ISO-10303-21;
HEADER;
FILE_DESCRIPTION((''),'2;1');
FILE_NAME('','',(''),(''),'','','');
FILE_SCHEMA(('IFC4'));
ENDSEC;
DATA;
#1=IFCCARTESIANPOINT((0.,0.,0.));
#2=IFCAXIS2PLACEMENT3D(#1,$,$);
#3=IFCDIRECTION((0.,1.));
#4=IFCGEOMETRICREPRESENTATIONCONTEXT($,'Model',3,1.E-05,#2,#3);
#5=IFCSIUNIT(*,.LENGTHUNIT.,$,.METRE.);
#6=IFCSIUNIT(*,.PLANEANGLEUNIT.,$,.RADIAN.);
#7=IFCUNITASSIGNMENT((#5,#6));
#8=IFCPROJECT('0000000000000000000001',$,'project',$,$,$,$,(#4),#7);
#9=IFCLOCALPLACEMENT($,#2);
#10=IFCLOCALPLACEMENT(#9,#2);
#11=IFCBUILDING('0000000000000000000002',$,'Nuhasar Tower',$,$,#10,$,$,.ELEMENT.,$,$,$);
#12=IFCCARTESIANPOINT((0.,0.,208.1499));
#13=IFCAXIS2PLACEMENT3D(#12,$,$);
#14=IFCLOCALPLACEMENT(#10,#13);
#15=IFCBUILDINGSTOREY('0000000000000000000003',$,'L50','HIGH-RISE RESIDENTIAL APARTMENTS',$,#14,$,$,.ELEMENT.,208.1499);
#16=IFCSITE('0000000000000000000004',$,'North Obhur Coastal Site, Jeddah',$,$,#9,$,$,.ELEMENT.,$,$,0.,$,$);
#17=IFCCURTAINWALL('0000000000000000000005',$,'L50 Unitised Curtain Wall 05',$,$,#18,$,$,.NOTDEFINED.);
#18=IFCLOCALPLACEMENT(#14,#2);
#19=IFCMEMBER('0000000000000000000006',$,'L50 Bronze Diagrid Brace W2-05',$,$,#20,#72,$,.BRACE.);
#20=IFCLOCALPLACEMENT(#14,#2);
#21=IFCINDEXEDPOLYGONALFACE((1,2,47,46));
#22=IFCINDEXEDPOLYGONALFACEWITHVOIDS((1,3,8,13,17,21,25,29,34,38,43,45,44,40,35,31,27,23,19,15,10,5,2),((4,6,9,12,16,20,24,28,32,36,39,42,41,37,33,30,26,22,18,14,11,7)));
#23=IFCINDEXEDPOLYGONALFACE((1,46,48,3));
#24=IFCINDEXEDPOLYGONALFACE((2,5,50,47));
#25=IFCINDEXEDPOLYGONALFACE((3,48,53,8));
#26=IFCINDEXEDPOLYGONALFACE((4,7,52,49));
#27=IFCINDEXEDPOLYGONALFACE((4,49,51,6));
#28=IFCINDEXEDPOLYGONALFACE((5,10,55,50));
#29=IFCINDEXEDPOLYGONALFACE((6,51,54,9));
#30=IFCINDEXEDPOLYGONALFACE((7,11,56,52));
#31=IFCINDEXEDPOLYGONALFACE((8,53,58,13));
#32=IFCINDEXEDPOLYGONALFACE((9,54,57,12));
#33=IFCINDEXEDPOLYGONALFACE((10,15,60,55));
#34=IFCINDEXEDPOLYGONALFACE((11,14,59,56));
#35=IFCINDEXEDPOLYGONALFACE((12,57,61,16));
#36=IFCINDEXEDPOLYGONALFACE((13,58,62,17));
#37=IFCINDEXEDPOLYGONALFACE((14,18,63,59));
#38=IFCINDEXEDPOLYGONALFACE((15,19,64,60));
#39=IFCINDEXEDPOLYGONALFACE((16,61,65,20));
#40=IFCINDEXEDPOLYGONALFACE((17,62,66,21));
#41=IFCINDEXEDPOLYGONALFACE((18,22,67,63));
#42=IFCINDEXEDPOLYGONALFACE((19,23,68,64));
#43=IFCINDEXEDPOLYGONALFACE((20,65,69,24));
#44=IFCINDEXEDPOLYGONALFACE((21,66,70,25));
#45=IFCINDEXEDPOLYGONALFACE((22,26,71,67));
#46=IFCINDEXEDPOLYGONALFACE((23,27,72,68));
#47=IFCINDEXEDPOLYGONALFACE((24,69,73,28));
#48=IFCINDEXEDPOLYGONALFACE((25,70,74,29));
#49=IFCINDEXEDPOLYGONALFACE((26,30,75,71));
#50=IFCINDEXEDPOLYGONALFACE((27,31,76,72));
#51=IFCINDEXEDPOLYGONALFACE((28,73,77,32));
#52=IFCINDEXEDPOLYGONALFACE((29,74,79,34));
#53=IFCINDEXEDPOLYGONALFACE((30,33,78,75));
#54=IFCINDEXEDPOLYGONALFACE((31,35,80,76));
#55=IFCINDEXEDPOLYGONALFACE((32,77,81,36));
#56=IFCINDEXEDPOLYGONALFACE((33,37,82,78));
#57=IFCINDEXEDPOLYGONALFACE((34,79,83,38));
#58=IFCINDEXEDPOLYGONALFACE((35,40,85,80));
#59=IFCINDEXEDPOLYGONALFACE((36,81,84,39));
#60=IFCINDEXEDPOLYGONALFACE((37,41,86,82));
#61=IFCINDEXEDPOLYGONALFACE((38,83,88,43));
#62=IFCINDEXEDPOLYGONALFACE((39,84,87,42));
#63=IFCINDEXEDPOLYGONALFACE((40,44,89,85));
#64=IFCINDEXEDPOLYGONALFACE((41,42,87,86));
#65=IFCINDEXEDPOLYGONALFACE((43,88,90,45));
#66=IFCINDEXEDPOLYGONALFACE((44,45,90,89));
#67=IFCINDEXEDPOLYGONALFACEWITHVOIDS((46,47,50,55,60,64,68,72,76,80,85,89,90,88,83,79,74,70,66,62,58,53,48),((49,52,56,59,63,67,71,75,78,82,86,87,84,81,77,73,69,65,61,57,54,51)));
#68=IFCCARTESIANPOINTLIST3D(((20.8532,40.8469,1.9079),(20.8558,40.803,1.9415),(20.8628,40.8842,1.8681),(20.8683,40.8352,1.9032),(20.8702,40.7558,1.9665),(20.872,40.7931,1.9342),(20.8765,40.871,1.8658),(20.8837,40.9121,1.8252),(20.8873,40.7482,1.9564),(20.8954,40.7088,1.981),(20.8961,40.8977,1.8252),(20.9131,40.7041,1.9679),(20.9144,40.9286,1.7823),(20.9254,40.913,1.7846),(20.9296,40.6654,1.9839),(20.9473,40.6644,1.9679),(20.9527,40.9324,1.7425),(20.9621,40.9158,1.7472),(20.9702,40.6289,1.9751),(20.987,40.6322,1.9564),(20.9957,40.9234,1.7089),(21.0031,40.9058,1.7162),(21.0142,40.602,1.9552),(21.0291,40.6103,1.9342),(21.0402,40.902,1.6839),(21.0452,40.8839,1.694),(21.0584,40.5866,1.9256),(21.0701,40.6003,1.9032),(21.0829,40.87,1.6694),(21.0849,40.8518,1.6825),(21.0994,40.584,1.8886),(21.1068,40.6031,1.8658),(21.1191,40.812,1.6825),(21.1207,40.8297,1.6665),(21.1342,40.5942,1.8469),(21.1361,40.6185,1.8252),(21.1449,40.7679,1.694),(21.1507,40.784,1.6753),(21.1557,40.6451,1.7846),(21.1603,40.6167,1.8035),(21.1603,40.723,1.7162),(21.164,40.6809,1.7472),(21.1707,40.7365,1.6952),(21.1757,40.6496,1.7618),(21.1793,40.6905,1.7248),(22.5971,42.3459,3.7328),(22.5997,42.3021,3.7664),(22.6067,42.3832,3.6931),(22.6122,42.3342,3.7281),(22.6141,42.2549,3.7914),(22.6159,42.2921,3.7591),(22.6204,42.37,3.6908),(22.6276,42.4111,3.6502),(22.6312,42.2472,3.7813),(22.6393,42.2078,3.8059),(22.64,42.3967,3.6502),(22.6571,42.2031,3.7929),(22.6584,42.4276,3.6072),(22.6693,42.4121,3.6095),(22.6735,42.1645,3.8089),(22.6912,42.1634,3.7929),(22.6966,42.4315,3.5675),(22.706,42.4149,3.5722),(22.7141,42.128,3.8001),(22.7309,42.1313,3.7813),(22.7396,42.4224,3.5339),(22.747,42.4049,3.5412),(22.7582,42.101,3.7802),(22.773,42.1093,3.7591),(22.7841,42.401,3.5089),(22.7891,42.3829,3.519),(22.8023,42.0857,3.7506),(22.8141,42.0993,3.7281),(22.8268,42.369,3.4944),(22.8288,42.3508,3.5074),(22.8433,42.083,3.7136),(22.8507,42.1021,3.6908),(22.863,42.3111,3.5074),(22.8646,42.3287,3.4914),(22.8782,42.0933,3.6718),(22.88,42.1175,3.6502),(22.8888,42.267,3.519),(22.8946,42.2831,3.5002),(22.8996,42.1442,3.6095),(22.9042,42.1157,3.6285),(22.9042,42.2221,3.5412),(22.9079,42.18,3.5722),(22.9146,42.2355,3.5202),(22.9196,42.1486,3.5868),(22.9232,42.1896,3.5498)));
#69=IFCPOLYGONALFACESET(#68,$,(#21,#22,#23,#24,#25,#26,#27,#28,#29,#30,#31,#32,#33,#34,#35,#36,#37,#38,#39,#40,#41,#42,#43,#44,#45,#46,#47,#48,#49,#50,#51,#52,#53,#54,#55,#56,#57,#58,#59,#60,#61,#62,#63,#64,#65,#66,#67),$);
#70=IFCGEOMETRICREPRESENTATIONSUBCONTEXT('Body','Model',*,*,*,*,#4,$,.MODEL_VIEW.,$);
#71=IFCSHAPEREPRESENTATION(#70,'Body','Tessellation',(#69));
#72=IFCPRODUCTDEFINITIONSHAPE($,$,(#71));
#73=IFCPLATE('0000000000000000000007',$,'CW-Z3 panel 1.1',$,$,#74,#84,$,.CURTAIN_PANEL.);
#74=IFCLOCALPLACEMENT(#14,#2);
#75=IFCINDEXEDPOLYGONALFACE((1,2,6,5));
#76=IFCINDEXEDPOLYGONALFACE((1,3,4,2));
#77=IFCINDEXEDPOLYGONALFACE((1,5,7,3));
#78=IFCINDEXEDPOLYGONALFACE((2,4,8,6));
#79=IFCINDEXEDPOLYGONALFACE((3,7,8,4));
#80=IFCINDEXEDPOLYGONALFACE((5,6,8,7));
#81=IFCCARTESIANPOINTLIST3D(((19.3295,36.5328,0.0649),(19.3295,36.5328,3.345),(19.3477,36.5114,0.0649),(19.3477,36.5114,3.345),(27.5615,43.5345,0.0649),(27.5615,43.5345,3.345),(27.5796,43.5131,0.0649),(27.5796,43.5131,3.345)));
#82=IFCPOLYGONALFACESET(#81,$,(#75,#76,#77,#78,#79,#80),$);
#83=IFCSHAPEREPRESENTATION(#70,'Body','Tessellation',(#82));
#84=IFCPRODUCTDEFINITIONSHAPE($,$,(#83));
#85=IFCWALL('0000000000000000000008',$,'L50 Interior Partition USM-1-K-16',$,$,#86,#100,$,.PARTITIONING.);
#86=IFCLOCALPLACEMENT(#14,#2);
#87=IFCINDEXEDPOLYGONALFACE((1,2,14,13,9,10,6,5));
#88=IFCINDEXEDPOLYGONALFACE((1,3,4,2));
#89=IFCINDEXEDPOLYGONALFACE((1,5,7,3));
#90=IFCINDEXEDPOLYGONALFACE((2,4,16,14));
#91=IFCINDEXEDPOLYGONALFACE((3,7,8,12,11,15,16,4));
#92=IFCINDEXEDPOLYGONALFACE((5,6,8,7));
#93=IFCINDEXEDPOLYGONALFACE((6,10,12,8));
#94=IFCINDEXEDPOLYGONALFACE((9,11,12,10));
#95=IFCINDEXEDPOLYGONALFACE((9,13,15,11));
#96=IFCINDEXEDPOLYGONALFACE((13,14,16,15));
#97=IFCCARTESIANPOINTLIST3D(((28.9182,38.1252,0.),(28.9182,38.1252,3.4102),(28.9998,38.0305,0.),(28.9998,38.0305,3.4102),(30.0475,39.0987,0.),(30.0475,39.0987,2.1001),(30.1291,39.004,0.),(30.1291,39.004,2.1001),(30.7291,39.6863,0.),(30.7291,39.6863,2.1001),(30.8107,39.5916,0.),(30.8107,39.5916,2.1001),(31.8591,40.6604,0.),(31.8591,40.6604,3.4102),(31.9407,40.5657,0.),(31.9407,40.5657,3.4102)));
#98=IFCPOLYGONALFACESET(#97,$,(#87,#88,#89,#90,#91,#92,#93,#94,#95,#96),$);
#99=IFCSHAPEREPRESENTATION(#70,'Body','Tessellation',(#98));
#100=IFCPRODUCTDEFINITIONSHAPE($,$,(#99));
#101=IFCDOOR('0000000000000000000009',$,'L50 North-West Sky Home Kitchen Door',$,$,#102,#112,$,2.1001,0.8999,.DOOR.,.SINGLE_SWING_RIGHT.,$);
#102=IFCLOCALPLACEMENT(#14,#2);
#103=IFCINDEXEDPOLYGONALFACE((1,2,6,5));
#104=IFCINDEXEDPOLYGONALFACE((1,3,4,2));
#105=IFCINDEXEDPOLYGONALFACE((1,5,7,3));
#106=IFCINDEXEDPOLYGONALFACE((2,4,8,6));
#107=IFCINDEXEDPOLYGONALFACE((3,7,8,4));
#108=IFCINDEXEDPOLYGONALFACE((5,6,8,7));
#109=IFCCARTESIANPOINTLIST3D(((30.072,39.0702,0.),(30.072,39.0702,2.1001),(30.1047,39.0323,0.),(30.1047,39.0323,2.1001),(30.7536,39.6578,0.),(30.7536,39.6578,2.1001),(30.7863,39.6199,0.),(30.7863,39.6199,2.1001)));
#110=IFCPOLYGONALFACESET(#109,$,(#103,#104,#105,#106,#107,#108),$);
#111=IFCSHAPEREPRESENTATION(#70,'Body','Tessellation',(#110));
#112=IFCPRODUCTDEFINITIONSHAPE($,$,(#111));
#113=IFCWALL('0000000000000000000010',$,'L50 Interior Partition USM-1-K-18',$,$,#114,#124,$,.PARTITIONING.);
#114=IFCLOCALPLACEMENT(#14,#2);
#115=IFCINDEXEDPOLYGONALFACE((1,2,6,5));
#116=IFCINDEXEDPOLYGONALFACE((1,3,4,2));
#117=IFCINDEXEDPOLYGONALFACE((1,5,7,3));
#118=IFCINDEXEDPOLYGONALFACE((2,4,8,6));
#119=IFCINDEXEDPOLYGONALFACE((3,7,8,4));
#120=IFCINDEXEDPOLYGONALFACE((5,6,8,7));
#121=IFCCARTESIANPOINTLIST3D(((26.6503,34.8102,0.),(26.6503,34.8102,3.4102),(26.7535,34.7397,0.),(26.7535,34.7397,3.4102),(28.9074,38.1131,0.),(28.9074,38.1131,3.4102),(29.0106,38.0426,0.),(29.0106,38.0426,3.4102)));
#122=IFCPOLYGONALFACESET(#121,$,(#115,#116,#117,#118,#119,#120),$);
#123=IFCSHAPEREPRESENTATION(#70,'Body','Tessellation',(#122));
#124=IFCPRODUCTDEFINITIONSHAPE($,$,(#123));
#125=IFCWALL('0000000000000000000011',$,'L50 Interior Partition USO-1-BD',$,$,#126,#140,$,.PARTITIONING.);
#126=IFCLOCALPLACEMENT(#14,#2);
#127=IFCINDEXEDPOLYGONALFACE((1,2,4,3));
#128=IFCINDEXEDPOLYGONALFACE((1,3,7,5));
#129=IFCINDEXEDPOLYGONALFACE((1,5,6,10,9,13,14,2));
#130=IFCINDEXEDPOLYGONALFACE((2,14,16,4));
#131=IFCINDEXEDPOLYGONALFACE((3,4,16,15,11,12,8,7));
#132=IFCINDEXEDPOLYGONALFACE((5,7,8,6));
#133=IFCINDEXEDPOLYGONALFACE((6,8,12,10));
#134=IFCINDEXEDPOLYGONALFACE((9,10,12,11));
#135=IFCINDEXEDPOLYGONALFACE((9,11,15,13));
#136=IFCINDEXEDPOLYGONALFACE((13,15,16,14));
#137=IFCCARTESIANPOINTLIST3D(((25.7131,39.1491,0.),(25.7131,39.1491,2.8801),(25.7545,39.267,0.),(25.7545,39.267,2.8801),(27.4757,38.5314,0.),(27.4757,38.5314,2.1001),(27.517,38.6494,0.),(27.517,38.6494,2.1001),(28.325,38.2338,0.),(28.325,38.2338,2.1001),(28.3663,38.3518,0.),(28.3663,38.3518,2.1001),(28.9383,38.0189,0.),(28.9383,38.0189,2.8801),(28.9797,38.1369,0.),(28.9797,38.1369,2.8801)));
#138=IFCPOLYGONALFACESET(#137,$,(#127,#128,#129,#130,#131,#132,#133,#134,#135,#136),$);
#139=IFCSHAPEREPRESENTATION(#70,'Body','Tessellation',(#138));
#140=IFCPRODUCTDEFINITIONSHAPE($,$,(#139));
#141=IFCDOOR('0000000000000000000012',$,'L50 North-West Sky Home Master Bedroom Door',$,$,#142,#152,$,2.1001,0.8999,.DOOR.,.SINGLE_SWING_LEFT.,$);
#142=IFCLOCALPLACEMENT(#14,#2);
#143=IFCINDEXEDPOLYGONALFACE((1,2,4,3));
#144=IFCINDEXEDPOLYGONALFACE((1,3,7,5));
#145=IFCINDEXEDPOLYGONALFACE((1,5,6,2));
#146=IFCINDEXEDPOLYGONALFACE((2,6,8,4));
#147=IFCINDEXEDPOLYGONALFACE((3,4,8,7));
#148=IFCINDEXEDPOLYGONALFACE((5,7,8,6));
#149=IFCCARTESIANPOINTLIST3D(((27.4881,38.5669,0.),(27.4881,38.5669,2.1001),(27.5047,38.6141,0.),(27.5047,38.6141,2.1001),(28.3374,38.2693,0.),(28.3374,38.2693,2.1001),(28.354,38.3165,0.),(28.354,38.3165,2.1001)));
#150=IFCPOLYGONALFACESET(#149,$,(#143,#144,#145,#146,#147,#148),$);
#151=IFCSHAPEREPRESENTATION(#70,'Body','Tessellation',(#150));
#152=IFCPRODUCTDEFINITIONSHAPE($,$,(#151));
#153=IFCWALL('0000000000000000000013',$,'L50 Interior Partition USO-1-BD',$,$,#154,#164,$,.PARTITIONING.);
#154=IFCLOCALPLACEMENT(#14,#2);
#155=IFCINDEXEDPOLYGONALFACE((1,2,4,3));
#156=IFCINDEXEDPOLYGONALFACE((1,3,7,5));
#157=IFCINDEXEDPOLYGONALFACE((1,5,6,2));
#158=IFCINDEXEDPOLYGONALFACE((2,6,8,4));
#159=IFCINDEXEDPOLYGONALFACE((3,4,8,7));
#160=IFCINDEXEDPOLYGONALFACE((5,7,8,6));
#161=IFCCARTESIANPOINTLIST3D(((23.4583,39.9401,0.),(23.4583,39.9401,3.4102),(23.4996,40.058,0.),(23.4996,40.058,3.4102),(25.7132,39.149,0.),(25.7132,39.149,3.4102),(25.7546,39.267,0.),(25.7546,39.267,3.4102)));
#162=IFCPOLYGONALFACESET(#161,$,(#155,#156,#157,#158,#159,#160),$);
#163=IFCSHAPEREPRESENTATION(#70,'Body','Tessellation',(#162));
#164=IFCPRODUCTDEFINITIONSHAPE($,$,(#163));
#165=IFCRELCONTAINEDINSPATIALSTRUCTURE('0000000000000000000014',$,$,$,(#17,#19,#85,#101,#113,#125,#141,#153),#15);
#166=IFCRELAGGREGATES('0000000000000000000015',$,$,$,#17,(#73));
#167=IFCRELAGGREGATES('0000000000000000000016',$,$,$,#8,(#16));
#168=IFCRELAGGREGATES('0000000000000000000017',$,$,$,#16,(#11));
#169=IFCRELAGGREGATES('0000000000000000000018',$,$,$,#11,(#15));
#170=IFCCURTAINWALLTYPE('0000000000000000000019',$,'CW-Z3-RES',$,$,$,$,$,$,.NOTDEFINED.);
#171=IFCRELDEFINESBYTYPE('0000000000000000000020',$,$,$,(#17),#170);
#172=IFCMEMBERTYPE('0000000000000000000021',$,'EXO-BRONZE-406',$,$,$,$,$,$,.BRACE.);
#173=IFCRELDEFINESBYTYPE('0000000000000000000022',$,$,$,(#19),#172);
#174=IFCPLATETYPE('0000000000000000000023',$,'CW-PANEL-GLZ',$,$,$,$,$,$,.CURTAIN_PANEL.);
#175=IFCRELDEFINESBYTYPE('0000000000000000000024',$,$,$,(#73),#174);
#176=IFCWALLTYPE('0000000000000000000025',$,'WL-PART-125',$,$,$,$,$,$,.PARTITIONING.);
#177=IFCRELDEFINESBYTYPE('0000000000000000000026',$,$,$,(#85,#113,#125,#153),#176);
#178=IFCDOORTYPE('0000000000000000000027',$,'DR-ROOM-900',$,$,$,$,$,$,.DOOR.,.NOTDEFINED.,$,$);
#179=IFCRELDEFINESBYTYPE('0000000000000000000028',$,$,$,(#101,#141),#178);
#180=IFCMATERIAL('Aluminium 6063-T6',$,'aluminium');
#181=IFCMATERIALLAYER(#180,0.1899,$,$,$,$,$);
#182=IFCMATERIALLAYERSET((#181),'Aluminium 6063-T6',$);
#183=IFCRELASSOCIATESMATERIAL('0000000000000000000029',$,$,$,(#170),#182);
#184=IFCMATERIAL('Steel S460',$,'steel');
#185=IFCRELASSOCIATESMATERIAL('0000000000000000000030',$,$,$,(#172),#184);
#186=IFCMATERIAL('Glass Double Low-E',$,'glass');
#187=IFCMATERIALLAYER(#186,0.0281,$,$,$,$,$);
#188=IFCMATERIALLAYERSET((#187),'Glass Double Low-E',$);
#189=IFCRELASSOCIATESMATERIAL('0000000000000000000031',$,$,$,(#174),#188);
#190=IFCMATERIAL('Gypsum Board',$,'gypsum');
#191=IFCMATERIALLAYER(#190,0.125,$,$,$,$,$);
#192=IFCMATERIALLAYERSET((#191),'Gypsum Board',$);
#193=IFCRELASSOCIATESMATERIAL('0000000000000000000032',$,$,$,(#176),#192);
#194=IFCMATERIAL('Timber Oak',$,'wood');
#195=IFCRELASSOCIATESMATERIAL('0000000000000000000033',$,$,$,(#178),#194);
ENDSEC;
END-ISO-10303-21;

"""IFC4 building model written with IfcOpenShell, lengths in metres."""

from ifc_helpers import new_model, si_unit, direction, frame, frame_2d, origin, origin_2d, place, context, subcontext, project, spatial, rectangle, hollow_circle, extrude, material, layer, layer_set, material_profile, profile_set, type_object, element, fill, aggregate, save


model = new_model("IFC4")

# Units and contexts
model_context = context("Model", 3, precision=1e-05, world=origin(), true_north=direction((0.0, 1.0)))
body_context = subcontext(model_context, "Body", "Model", "MODEL_VIEW")
ifc_project = project(units=[si_unit("LENGTHUNIT", "METRE"), si_unit("PLANEANGLEUNIT", "RADIAN")], contexts=[model_context])

# Site, building, storey
site_placement = place(None, origin())
site = spatial("IfcSite", under=ifc_project, at=site_placement, Name="North Obhur Coastal Site, Jeddah", CompositionType="ELEMENT", RefElevation=0.0)
building_placement = place(site_placement, origin())
building = spatial("IfcBuilding", under=site, at=building_placement, Name="Nuhasar Tower", CompositionType="ELEMENT")
storey_placement = place(building_placement, frame((0.0, 0.0, 208.1499)))
storey = spatial("IfcBuildingStorey", under=building, at=storey_placement, Name="L50", Description="HIGH-RISE RESIDENTIAL APARTMENTS", CompositionType="ELEMENT", Elevation=208.1499)

# Shared definitions
ifc_material_1 = material(Name="Aluminium 6063-T6", Category="aluminium")
ifc_layer_1 = layer(ifc_material_1, 0.1899)
ifc_layer_set_1 = layer_set([ifc_layer_1], Name="Aluminium 6063-T6")
curtain_wall_type = type_object("IfcCurtainWallType", Name="CW-Z3-RES", PredefinedType="NOTDEFINED", material=ifc_layer_set_1)

# Curtain wall
curtain_wall_1_placement = place(storey_placement, origin())
curtain_wall_1 = element("IfcCurtainWall", 1, at=curtain_wall_1_placement, inside=storey, type_object=curtain_wall_type, Name="L50 Unitised Curtain Wall 05", PredefinedType="NOTDEFINED")

# Member
ifc_material_2 = material(Name="Steel S460", Category="steel")
ifc_material_profile_1 = material_profile(ifc_material_2, hollow_circle(Radius=0.2031, WallThickness=0.019, at=origin_2d()), Name="HSS406.4X19.1")
ifc_profile_set_1 = profile_set([ifc_material_profile_1], Name="Steel S460")
member_type_1 = type_object("IfcMemberType", Name="EXO-BRONZE-406", PredefinedType="BRACE", material=ifc_profile_set_1)
for number, where, z_axis, x_axis, name in (
    (2, (21.0161, 40.7581, 1.8252), (0.594019, 0.510608, 0.621628), (-0.651857, 0.758342, 0.0), "L50 Bronze Diagrid Brace W2-05"),
):
    element("IfcMember", number, at=place(storey_placement, frame(where, z_axis=z_axis, x_axis=x_axis)), inside=storey, type_object=member_type_1, Name=name, PredefinedType="BRACE", context=body_context, shape_type="SweptSolid", body=[
        extrude(hollow_circle(Radius=0.2031, WallThickness=0.019, at=origin_2d()), origin(), (0.0, 0.0, 1.0), 2.9358),
    ])

# Plate
ifc_material_3 = material(Name="Glass Double Low-E", Category="glass")
ifc_layer_2 = layer(ifc_material_3, 0.0281)
ifc_layer_set_2 = layer_set([ifc_layer_2], Name="Glass Double Low-E")
plate_type = type_object("IfcPlateType", Name="CW-PANEL-GLZ", PredefinedType="CURTAIN_PANEL", material=ifc_layer_set_2)
plate_placement = place(storey_placement, frame((23.4546, 40.0229, 0.0649), z_axis=(0.0, 0.0, 1.0), x_axis=(-0.761729, -0.647895, 0.0)))
plate = element("IfcPlate", 3, at=plate_placement, type_object=plate_type, Name="CW-Z3 panel 1.1", PredefinedType="CURTAIN_PANEL", context=body_context, shape_type="SweptSolid", body=[
    extrude(rectangle(XDim=10.8069, YDim=0.0281, at=origin_2d()), origin(), (0.0, 0.0, 1.0), 3.28),
])
aggregate(curtain_wall_1, [plate])

# Wall, opening, door
ifc_material_4 = material(Name="Gypsum Board", Category="gypsum")
ifc_layer_3 = layer(ifc_material_4, 0.125)
ifc_layer_set_3 = layer_set([ifc_layer_3], Name="Gypsum Board")
wall_type = type_object("IfcWallType", Name="WL-PART-125", PredefinedType="PARTITIONING", material=ifc_layer_set_3)
wall_1_placement = place(storey_placement, frame((28.959, 38.0779, 0.0), z_axis=(0.0, 0.0, 1.0), x_axis=(0.757425, 0.652922, 0.0)))
wall_1 = element("IfcWall", 4, at=wall_1_placement, inside=storey, type_object=wall_type, Name="L50 Interior Partition USM-1-K-16", PredefinedType="PARTITIONING", context=body_context, shape_type="SweptSolid", body=[
    extrude(rectangle(XDim=3.8828, YDim=0.125, at=frame_2d((1.9414, 0.0))), origin(), (0.0, 0.0, 1.0), 3.4102),
])
opening_1_placement = place(wall_1_placement, frame((1.491, 0.0, 0.0)))
opening_1 = element("IfcOpeningElement", 5, at=opening_1_placement, cuts=wall_1, PredefinedType="OPENING", context=body_context, shape_type="SweptSolid", body=[
    extrude(rectangle(XDim=0.8999, YDim=2.1001, at=frame_2d((0.45, 1.05))), frame((0.0, 0.0725, 0.0), z_axis=(0.0, -1.0, 0.0), x_axis=(1.0, 0.0, 0.0)), (0.0, 0.0, 1.0), 0.145),
])
ifc_material_5 = material(Name="Timber Oak", Category="wood")
door_type = type_object("IfcDoorType", Name="DR-ROOM-900", OperationType="NOTDEFINED", PredefinedType="DOOR", material=ifc_material_5)
door_1_placement = place(opening_1_placement, origin())
door_1 = element("IfcDoor", 6, at=door_1_placement, inside=storey, type_object=door_type, Name="L50 North-West Sky Home Kitchen Door", OperationType="SINGLE_SWING_RIGHT", OverallHeight=2.1001, OverallWidth=0.8999, PredefinedType="DOOR", context=body_context, shape_type="SweptSolid", body=[
    extrude(rectangle(XDim=0.8999, YDim=2.1001, at=frame_2d((0.45, 1.05))), frame((0.0, 0.0249, 0.0), z_axis=(0.0, -1.0, 0.0), x_axis=(1.0, 0.0, 0.0)), (0.0, 0.0, 1.0), 0.05),
])
fill(opening_1, door_1)

# Wall
wall_2_placement = place(storey_placement, frame((28.959, 38.0779, 0.0), z_axis=(0.0, 0.0, 1.0), x_axis=(-0.564198, -0.825639, 0.0)))
element("IfcWall", 7, at=wall_2_placement, inside=storey, type_object=wall_type, Name="L50 Interior Partition USM-1-K-18", PredefinedType="PARTITIONING", context=body_context, shape_type="SweptSolid", body=[
    extrude(rectangle(XDim=4.0005, YDim=0.125, at=frame_2d((2.0002, 0.0))), origin(), (0.0, 0.0, 1.0), 3.4102),
])

# Wall, opening, door
wall_3_placement = place(storey_placement, frame((28.959, 38.0779, 0.0), z_axis=(0.0, 0.0, 1.0), x_axis=(-0.943736, 0.3307, 0.0)))
wall_3 = element("IfcWall", 8, at=wall_3_placement, inside=storey, type_object=wall_type, Name="L50 Interior Partition USO-1-BD", PredefinedType="PARTITIONING", context=body_context, shape_type="SweptSolid", body=[
    extrude(rectangle(XDim=3.4175, YDim=0.125, at=frame_2d((1.7087, 0.0))), origin(), (0.0, 0.0, 1.0), 2.8801),
])
opening_2_placement = place(wall_3_placement, frame((0.6499, 0.0, 0.0)))
opening_2 = element("IfcOpeningElement", 9, at=opening_2_placement, cuts=wall_3, PredefinedType="OPENING", context=body_context, shape_type="SweptSolid", body=[
    extrude(rectangle(XDim=0.8999, YDim=2.1001, at=frame_2d((0.45, 1.05))), frame((0.0, 0.0725, 0.0), z_axis=(0.0, -1.0, 0.0), x_axis=(1.0, 0.0, 0.0)), (0.0, 0.0, 1.0), 0.145),
])
door_2_placement = place(opening_2_placement, origin())
door_2 = element("IfcDoor", 10, at=door_2_placement, inside=storey, type_object=door_type, Name="L50 North-West Sky Home Master Bedroom Door", OperationType="SINGLE_SWING_LEFT", OverallHeight=2.1001, OverallWidth=0.8999, PredefinedType="DOOR", context=body_context, shape_type="SweptSolid", body=[
    extrude(rectangle(XDim=0.8999, YDim=2.1001, at=frame_2d((0.45, 1.05))), frame((0.0, 0.0249, 0.0), z_axis=(0.0, -1.0, 0.0), x_axis=(1.0, 0.0, 0.0)), (0.0, 0.0, 1.0), 0.05),
])
fill(opening_2, door_2)

# Wall
wall_4_placement = place(storey_placement, frame((25.7339, 39.208, 0.0), z_axis=(0.0, 0.0, 1.0), x_axis=(-0.943622, 0.331024, 0.0)))
element("IfcWall", 11, at=wall_4_placement, inside=storey, type_object=wall_type, Name="L50 Interior Partition USO-1-BD", PredefinedType="PARTITIONING", context=body_context, shape_type="SweptSolid", body=[
    extrude(rectangle(XDim=2.3896, YDim=0.125, at=frame_2d((1.1948, 0.0))), origin(), (0.0, 0.0, 1.0), 3.4102),
])

save(model, "model.ifc")
